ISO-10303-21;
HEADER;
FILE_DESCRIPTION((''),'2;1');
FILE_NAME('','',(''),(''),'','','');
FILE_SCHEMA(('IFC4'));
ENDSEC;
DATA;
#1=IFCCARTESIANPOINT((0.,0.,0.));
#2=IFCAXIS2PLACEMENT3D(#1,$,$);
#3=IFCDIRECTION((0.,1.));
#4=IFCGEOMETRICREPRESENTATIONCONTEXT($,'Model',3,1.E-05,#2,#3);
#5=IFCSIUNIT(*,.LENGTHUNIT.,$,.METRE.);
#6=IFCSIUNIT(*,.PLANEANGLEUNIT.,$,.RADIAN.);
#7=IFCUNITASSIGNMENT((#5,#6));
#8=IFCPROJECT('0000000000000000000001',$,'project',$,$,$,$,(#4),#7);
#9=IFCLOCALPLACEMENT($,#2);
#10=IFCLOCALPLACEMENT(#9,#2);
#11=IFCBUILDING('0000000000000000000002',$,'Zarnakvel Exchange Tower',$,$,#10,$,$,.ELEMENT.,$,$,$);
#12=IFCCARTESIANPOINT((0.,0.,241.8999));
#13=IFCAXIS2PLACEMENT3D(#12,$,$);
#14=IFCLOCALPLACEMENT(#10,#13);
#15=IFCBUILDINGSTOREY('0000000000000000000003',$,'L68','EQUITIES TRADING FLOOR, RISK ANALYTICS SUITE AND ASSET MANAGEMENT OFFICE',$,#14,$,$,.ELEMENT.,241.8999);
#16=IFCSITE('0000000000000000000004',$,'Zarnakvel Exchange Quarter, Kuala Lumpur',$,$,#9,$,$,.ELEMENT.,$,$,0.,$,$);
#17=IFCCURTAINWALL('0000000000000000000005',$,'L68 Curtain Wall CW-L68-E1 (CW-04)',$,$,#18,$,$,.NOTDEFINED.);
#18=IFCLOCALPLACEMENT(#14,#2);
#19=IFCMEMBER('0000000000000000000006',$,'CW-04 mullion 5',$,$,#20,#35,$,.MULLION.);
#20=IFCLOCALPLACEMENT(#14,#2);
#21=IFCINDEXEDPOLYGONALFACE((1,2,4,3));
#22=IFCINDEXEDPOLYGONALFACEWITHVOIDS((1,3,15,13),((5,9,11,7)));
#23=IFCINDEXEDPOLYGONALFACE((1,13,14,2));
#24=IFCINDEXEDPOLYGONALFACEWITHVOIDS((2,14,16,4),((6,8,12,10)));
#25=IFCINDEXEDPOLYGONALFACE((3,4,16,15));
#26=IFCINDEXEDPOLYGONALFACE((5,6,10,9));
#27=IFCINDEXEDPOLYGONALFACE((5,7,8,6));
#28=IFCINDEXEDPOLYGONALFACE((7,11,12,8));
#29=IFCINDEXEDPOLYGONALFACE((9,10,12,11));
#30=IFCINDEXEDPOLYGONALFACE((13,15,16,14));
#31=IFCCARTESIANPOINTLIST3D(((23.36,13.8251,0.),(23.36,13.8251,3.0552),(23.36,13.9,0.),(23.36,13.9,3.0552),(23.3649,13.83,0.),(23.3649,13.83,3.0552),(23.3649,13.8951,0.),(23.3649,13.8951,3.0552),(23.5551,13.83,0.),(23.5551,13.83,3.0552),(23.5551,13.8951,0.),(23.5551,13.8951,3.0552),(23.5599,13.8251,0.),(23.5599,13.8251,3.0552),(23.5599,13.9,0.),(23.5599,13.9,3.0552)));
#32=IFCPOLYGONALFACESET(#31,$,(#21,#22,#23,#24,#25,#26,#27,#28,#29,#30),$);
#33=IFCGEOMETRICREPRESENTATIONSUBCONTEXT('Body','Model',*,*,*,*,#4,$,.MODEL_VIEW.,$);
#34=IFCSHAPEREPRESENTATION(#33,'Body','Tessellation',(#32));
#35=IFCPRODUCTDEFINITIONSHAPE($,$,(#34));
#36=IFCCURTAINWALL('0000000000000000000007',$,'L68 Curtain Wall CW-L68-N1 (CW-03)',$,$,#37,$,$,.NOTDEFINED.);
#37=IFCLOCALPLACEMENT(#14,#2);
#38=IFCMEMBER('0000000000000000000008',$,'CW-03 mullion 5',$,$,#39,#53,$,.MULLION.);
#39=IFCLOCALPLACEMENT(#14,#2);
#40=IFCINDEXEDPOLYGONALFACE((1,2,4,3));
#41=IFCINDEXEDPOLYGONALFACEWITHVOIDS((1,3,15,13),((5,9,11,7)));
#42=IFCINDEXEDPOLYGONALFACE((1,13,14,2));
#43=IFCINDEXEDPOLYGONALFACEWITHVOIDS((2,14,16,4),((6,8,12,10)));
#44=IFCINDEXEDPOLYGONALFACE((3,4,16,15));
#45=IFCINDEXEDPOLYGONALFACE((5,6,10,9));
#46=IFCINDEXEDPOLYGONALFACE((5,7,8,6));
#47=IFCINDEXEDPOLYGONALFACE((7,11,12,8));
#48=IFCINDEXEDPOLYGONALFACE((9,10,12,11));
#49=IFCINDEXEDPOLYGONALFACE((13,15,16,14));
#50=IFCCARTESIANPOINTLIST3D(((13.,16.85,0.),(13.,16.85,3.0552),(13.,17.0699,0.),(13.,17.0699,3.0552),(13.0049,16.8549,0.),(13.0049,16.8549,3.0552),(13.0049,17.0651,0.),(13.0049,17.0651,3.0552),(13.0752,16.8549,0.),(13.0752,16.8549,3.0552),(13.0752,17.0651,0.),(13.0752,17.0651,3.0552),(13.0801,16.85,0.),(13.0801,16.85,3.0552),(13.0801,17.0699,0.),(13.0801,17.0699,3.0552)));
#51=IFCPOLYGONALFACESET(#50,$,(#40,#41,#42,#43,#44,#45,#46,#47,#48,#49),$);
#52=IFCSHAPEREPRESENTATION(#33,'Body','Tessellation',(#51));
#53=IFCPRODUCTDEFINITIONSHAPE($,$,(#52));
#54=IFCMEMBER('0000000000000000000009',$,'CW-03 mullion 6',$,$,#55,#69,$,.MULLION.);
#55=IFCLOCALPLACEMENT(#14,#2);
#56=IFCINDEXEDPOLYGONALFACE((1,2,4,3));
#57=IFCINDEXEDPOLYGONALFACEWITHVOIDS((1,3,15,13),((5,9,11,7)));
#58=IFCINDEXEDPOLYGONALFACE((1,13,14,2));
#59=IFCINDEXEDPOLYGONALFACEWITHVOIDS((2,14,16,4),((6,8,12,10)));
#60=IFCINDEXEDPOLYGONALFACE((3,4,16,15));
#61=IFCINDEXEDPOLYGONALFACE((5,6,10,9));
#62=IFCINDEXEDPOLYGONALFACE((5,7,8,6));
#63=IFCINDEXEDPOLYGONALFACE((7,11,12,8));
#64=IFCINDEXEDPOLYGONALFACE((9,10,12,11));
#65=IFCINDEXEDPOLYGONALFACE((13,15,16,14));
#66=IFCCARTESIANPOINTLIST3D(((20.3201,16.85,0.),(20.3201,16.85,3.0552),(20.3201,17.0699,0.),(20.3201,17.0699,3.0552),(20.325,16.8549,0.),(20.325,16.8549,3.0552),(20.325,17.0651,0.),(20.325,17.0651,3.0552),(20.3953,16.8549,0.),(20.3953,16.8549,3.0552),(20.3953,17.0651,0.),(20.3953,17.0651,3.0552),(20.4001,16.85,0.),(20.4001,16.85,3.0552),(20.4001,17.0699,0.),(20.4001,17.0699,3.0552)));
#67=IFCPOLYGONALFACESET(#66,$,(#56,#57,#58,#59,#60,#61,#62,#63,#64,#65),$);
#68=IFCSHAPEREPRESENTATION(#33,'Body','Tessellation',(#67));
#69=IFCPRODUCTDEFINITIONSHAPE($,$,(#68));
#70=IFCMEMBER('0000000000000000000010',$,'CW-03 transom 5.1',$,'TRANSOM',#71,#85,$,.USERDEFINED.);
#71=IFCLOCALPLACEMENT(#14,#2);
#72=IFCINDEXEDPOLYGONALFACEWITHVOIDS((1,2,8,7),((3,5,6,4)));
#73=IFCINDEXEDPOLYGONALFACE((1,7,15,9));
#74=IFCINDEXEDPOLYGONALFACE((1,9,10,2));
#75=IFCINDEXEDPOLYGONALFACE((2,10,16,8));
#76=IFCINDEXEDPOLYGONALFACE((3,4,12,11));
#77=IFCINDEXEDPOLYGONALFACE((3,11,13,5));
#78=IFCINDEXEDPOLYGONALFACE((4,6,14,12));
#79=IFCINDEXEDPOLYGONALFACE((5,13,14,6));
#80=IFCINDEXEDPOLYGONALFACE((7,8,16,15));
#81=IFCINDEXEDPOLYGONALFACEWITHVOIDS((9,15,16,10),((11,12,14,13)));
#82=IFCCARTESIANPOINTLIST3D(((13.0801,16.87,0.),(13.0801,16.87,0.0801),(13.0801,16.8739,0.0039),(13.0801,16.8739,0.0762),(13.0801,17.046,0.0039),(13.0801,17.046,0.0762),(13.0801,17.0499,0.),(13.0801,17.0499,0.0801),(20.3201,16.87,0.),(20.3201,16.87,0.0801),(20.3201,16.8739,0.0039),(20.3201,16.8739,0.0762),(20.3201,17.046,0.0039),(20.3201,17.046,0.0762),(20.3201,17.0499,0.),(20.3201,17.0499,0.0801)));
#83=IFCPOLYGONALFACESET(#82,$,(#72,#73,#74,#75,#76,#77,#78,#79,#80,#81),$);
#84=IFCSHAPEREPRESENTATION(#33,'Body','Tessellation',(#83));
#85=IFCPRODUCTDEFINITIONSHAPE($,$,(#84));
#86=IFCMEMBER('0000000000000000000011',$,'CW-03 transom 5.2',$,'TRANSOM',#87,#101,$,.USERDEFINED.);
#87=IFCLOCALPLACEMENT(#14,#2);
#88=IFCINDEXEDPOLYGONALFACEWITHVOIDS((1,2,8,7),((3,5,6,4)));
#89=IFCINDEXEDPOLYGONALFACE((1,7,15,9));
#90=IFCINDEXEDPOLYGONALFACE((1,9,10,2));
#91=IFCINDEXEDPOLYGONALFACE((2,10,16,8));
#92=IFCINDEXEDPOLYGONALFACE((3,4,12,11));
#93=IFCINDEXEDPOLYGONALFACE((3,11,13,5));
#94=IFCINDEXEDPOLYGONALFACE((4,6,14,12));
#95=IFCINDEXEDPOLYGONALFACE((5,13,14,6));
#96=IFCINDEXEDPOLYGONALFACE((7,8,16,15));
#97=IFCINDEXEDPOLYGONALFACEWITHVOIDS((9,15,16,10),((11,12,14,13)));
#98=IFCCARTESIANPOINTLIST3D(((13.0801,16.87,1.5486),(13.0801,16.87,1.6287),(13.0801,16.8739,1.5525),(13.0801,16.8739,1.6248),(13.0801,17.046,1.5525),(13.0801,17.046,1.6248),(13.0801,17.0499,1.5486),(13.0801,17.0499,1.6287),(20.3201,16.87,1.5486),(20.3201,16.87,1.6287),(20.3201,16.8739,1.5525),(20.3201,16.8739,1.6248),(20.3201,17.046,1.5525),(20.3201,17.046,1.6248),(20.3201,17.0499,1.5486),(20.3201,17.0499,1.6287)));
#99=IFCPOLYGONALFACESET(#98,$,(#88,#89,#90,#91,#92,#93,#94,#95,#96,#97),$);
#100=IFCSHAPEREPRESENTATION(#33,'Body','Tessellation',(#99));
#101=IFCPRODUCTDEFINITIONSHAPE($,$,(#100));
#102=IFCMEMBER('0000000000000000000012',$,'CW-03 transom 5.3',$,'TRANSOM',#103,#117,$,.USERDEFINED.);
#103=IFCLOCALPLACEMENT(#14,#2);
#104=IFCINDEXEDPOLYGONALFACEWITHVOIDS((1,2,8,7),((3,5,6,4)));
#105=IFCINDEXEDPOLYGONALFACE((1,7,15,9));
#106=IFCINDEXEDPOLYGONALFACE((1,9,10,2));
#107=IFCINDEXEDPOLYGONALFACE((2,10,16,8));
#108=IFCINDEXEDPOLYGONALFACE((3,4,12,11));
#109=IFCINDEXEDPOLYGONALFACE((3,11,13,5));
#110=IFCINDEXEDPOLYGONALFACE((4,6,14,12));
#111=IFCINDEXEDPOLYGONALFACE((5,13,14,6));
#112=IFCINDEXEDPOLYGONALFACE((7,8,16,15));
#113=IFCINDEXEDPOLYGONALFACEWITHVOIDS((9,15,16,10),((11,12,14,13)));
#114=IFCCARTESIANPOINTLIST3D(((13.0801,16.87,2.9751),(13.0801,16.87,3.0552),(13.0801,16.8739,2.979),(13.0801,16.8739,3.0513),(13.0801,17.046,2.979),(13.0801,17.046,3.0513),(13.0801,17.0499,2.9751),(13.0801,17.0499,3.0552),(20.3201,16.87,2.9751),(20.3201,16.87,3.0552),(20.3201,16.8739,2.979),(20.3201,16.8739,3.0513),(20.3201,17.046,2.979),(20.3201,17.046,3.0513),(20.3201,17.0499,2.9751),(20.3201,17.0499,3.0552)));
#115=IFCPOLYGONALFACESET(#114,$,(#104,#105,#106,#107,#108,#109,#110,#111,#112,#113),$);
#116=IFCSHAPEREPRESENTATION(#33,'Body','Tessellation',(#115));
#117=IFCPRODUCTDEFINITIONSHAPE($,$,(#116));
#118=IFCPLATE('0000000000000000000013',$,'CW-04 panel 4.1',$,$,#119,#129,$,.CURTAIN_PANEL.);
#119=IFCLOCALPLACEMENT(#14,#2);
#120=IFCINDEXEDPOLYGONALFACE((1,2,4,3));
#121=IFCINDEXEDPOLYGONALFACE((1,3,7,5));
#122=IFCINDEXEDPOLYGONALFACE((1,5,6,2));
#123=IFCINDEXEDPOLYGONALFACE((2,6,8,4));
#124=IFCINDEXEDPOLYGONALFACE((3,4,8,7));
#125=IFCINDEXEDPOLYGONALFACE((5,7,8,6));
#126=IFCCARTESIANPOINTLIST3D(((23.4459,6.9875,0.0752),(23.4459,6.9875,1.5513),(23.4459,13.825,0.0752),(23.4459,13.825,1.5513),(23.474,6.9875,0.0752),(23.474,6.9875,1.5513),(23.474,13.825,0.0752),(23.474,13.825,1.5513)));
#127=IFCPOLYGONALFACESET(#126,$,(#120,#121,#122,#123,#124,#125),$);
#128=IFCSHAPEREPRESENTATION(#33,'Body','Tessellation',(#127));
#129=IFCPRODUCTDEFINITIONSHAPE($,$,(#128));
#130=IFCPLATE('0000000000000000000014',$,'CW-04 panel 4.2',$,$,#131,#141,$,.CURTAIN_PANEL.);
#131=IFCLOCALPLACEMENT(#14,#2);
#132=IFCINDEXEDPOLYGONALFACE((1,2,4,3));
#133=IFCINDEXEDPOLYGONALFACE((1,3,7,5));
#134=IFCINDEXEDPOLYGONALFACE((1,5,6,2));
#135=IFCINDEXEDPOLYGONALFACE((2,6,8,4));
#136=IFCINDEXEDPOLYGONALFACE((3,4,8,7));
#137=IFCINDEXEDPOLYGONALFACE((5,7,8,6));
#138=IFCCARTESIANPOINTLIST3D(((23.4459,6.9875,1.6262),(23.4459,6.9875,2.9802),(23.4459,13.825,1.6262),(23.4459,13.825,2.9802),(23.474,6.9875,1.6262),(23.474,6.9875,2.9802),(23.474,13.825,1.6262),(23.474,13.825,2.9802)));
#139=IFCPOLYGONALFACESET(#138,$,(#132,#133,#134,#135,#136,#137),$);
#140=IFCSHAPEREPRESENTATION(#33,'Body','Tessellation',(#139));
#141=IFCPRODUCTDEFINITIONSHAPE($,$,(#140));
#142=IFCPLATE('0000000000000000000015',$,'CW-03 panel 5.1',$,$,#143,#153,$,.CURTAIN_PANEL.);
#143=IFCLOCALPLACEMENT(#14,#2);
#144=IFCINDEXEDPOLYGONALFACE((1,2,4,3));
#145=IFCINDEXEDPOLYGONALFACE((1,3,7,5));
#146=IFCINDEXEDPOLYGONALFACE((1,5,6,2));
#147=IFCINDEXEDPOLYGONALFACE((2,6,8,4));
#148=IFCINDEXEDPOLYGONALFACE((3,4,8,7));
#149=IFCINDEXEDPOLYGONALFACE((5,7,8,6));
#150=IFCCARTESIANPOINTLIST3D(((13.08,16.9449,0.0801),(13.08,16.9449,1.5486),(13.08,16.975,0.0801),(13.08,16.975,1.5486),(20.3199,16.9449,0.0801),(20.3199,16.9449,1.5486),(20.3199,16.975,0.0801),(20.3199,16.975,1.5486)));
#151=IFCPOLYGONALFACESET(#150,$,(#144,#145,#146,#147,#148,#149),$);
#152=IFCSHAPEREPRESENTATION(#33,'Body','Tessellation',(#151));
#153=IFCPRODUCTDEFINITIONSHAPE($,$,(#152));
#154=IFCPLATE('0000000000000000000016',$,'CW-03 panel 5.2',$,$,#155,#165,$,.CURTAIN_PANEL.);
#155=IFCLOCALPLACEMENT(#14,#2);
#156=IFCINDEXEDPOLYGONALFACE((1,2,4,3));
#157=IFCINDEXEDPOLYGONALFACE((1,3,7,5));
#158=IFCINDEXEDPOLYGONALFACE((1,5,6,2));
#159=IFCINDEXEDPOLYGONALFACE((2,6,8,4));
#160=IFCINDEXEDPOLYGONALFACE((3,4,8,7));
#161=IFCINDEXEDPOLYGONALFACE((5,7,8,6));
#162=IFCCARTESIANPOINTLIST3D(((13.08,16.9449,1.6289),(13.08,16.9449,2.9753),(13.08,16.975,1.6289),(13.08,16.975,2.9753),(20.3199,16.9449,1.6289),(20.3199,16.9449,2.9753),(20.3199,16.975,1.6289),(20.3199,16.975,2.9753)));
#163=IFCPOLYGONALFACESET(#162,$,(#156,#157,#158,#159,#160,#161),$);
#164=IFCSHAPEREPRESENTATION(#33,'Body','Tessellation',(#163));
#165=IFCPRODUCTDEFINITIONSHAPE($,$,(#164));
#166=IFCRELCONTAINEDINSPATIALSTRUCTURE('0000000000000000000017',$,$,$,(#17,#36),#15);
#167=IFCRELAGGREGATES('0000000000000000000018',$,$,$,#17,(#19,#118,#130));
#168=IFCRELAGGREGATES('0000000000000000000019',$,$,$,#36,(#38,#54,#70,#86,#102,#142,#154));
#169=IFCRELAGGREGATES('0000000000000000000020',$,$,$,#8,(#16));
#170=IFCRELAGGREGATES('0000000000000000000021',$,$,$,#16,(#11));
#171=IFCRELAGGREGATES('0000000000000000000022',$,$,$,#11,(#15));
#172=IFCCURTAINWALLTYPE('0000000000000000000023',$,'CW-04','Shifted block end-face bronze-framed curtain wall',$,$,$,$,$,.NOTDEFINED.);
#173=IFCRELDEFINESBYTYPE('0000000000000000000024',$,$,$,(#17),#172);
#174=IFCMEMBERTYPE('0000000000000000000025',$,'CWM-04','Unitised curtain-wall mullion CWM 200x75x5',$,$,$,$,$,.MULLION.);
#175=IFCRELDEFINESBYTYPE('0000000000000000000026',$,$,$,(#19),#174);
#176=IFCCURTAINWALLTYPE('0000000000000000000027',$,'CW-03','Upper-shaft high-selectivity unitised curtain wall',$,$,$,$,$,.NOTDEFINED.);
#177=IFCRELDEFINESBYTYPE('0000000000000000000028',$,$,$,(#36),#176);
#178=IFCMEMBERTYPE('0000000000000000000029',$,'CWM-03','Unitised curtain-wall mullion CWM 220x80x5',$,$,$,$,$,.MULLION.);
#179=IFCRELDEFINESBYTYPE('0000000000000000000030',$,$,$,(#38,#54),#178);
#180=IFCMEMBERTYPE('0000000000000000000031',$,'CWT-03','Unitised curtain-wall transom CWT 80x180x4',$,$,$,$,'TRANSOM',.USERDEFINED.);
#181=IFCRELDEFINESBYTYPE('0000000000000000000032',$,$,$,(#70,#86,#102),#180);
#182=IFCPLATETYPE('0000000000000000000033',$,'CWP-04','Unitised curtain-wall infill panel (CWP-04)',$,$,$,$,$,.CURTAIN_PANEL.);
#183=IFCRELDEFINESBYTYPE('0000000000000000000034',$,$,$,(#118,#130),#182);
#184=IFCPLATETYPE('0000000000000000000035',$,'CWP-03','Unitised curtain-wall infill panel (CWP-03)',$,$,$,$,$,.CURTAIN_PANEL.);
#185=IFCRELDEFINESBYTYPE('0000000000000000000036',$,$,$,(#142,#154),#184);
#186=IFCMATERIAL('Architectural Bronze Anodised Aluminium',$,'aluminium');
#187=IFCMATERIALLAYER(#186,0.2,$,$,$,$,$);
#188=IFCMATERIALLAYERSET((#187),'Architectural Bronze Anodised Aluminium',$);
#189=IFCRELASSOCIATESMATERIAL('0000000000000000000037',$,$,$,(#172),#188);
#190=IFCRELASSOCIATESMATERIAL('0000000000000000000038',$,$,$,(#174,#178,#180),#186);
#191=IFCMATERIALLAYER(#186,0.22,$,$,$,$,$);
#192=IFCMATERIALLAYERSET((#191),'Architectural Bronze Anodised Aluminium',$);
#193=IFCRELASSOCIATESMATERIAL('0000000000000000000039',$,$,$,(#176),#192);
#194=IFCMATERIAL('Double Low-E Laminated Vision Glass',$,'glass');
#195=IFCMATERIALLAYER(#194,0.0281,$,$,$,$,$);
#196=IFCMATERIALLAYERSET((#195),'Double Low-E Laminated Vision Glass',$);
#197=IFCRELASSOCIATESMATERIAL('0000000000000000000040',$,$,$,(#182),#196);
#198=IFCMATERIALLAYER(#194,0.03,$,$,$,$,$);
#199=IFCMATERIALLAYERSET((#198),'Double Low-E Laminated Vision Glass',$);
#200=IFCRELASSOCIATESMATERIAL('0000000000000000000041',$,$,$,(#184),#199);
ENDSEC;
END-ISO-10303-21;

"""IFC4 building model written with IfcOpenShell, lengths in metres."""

from ifc_helpers import new_model, si_unit, direction, frame, origin, origin_2d, place, context, subcontext, project, spatial, rectangle, hollow_rectangle, extrude, source, transform, mapped, material, layer, layer_set, material_profile, profile_set, type_object, element, aggregate, save


model = new_model("IFC4")

# Units and contexts
model_context = context("Model", 3, precision=1e-05, world=origin(), true_north=direction((0.0, 1.0)))
body_context = subcontext(model_context, "Body", "Model", "MODEL_VIEW")
ifc_project = project(units=[si_unit("LENGTHUNIT", "METRE"), si_unit("PLANEANGLEUNIT", "RADIAN")], contexts=[model_context])

# Site, building, storey
site_placement = place(None, origin())
site = spatial("IfcSite", under=ifc_project, at=site_placement, Name="Zarnakvel Exchange Quarter, Kuala Lumpur", CompositionType="ELEMENT", RefElevation=0.0)
building_placement = place(site_placement, origin())
building = spatial("IfcBuilding", under=site, at=building_placement, Name="Zarnakvel Exchange Tower", CompositionType="ELEMENT")
storey_placement = place(building_placement, frame((0.0, 0.0, 241.8999)))
storey = spatial("IfcBuildingStorey", under=building, at=storey_placement, Name="L68", Description="EQUITIES TRADING FLOOR, RISK ANALYTICS SUITE AND ASSET MANAGEMENT OFFICE", CompositionType="ELEMENT", Elevation=241.8999)

# Curtain wall, member
ifc_material_1 = material(Name="Architectural Bronze Anodised Aluminium", Category="aluminium")
ifc_layer_1 = layer(ifc_material_1, 0.2)
ifc_layer_set_1 = layer_set([ifc_layer_1], Name="Architectural Bronze Anodised Aluminium")
curtain_wall_type_1 = type_object("IfcCurtainWallType", Name="CW-04", Description="Shifted block end-face bronze-framed curtain wall", PredefinedType="NOTDEFINED", material=ifc_layer_set_1)
curtain_wall_1_placement = place(storey_placement, origin())
curtain_wall_1 = element("IfcCurtainWall", 1, at=curtain_wall_1_placement, inside=storey, type_object=curtain_wall_type_1, Name="L68 Curtain Wall CW-L68-E1 (CW-04)", PredefinedType="NOTDEFINED")
ifc_material_profile_1 = material_profile(ifc_material_1, hollow_rectangle(XDim=0.2, YDim=0.075, WallThickness=0.0049, at=origin_2d()))
ifc_profile_set_1 = profile_set([ifc_material_profile_1], Name="Architectural Bronze Anodised Aluminium")
member_type_1 = type_object("IfcMemberType", Name="CWM-04", Description="Unitised curtain-wall mullion CWM 200x75x5", PredefinedType="MULLION", material=ifc_profile_set_1)
shared_shape_1 = source(origin(), body_context, "Body", "SweptSolid", [
    extrude(hollow_rectangle(XDim=0.2, YDim=0.075, WallThickness=0.0049, at=origin_2d()), origin(), (0.0, 0.0, 1.0), 3.0552),
])
member_1_placement = place(storey_placement, frame((23.46, 13.8625, 0.0), z_axis=(0.0, 0.0, 1.0), x_axis=(-1.0, 0.0, 0.0)))
member_1 = element("IfcMember", 2, at=member_1_placement, type_object=member_type_1, Name="CW-04 mullion 5", PredefinedType="MULLION", context=body_context, shape_type="MappedRepresentation", body=[
    mapped(shared_shape_1, transform((0.0, 0.0, 0.0), x_axis=(1.0, 0.0, 0.0), y_axis=(0.0, 1.0, 0.0), z_axis=(0.0, 0.0, 1.0), scale=1.0)),
])

# Curtain wall, members
ifc_layer_2 = layer(ifc_material_1, 0.22)
ifc_layer_set_2 = layer_set([ifc_layer_2], Name="Architectural Bronze Anodised Aluminium")
curtain_wall_type_2 = type_object("IfcCurtainWallType", Name="CW-03", Description="Upper-shaft high-selectivity unitised curtain wall", PredefinedType="NOTDEFINED", material=ifc_layer_set_2)
curtain_wall_2_placement = place(storey_placement, origin())
curtain_wall_2 = element("IfcCurtainWall", 3, at=curtain_wall_2_placement, inside=storey, type_object=curtain_wall_type_2, Name="L68 Curtain Wall CW-L68-N1 (CW-03)", PredefinedType="NOTDEFINED")
ifc_material_profile_2 = material_profile(ifc_material_1, hollow_rectangle(XDim=0.22, YDim=0.0801, WallThickness=0.0049, at=origin_2d()))
ifc_profile_set_2 = profile_set([ifc_material_profile_2], Name="Architectural Bronze Anodised Aluminium")
member_type_2 = type_object("IfcMemberType", Name="CWM-03", Description="Unitised curtain-wall mullion CWM 220x80x5", PredefinedType="MULLION", material=ifc_profile_set_2)
shared_shape_2 = source(origin(), body_context, "Body", "SweptSolid", [
    extrude(hollow_rectangle(XDim=0.22, YDim=0.0801, WallThickness=0.0049, at=origin_2d()), origin(), (0.0, 0.0, 1.0), 3.0552),
])
member_2_placement = place(storey_placement, frame((13.04, 16.96, 0.0), z_axis=(0.0, 0.0, 1.0), x_axis=(0.0, 1.0, 0.0)))
member_2 = element("IfcMember", 4, at=member_2_placement, type_object=member_type_2, Name="CW-03 mullion 5", PredefinedType="MULLION", context=body_context, shape_type="MappedRepresentation", body=[
    mapped(shared_shape_2, transform((0.0, 0.0, 0.0), x_axis=(1.0, 0.0, 0.0), y_axis=(0.0, 1.0, 0.0), z_axis=(0.0, 0.0, 1.0), scale=1.0)),
])
member_3_placement = place(storey_placement, frame((20.3601, 16.96, 0.0), z_axis=(0.0, 0.0, 1.0), x_axis=(0.0, 1.0, 0.0)))
member_3 = element("IfcMember", 5, at=member_3_placement, type_object=member_type_2, Name="CW-03 mullion 6", PredefinedType="MULLION", context=body_context, shape_type="MappedRepresentation", body=[
    mapped(shared_shape_2, transform((0.0, 0.0, 0.0), x_axis=(1.0, 0.0, 0.0), y_axis=(0.0, 1.0, 0.0), z_axis=(0.0, 0.0, 1.0), scale=1.0)),
])
ifc_material_profile_3 = material_profile(ifc_material_1, hollow_rectangle(XDim=0.1799, YDim=0.0801, WallThickness=0.0039, at=origin_2d()))
ifc_profile_set_3 = profile_set([ifc_material_profile_3], Name="Architectural Bronze Anodised Aluminium")
member_type_3 = type_object("IfcMemberType", Name="CWT-03", Description="Unitised curtain-wall transom CWT 80x180x4", ElementType="TRANSOM", PredefinedType="USERDEFINED", material=ifc_profile_set_3)
shared_shape_3 = source(origin(), body_context, "Body", "SweptSolid", [
    extrude(hollow_rectangle(XDim=0.1799, YDim=0.0801, WallThickness=0.0039, at=origin_2d()), origin(), (0.0, 0.0, 1.0), 7.24),
])
member_4_placement = place(storey_placement, frame((13.0801, 16.96, 0.04), z_axis=(1.0, 0.0, 0.0), x_axis=(0.0, 1.0, 0.0)))
member_4 = element("IfcMember", 6, at=member_4_placement, type_object=member_type_3, Name="CW-03 transom 5.1", ObjectType="TRANSOM", PredefinedType="USERDEFINED", context=body_context, shape_type="MappedRepresentation", body=[
    mapped(shared_shape_3, transform((0.0, 0.0, 0.0), x_axis=(1.0, 0.0, 0.0), y_axis=(0.0, 1.0, 0.0), z_axis=(0.0, 0.0, 1.0), scale=1.0)),
])
member_5_placement = place(storey_placement, frame((13.0801, 16.96, 1.5886), z_axis=(1.0, 0.0, 0.0), x_axis=(0.0, 1.0, 0.0)))
member_5 = element("IfcMember", 7, at=member_5_placement, type_object=member_type_3, Name="CW-03 transom 5.2", ObjectType="TRANSOM", PredefinedType="USERDEFINED", context=body_context, shape_type="MappedRepresentation", body=[
    mapped(shared_shape_3, transform((0.0, 0.0, 0.0), x_axis=(1.0, 0.0, 0.0), y_axis=(0.0, 1.0, 0.0), z_axis=(0.0, 0.0, 1.0), scale=1.0)),
])
member_6_placement = place(storey_placement, frame((13.0801, 16.96, 3.0151), z_axis=(1.0, 0.0, 0.0), x_axis=(0.0, 1.0, 0.0)))
member_6 = element("IfcMember", 8, at=member_6_placement, type_object=member_type_3, Name="CW-03 transom 5.3", ObjectType="TRANSOM", PredefinedType="USERDEFINED", context=body_context, shape_type="MappedRepresentation", body=[
    mapped(shared_shape_3, transform((0.0, 0.0, 0.0), x_axis=(1.0, 0.0, 0.0), y_axis=(0.0, 1.0, 0.0), z_axis=(0.0, 0.0, 1.0), scale=1.0)),
])

# Plates
ifc_material_2 = material(Name="Double Low-E Laminated Vision Glass", Category="glass")
ifc_layer_3 = layer(ifc_material_2, 0.0281)
ifc_layer_set_3 = layer_set([ifc_layer_3], Name="Double Low-E Laminated Vision Glass")
plate_type_1 = type_object("IfcPlateType", Name="CWP-04", Description="Unitised curtain-wall infill panel (CWP-04)", PredefinedType="CURTAIN_PANEL", material=ifc_layer_set_3)
shared_shape_4 = source(origin(), body_context, "Body", "SweptSolid", [
    extrude(rectangle(XDim=6.8374, YDim=0.0281, at=origin_2d()), origin(), (0.0, 0.0, 1.0), 1.4761),
])
plate_1_placement = place(storey_placement, frame((23.46, 10.4062, 0.0752), z_axis=(0.0, 0.0, 1.0), x_axis=(0.0, 1.0, 0.0)))
plate_1 = element("IfcPlate", 9, at=plate_1_placement, type_object=plate_type_1, Name="CW-04 panel 4.1", PredefinedType="CURTAIN_PANEL", context=body_context, shape_type="MappedRepresentation", body=[
    mapped(shared_shape_4, transform((0.0, 0.0, 0.0), x_axis=(1.0, 0.0, 0.0), y_axis=(0.0, 1.0, 0.0), z_axis=(0.0, 0.0, 1.0), scale=1.0)),
])
shared_shape_5 = source(origin(), body_context, "Body", "SweptSolid", [
    extrude(rectangle(XDim=6.8374, YDim=0.0281, at=origin_2d()), origin(), (0.0, 0.0, 1.0), 1.354),
])
plate_2_placement = place(storey_placement, frame((23.46, 10.4062, 1.6262), z_axis=(0.0, 0.0, 1.0), x_axis=(0.0, 1.0, 0.0)))
plate_2 = element("IfcPlate", 10, at=plate_2_placement, type_object=plate_type_1, Name="CW-04 panel 4.2", PredefinedType="CURTAIN_PANEL", context=body_context, shape_type="MappedRepresentation", body=[
    mapped(shared_shape_5, transform((0.0, 0.0, 0.0), x_axis=(1.0, 0.0, 0.0), y_axis=(0.0, 1.0, 0.0), z_axis=(0.0, 0.0, 1.0), scale=1.0)),
])
aggregate(curtain_wall_1, [member_1, plate_1, plate_2])
ifc_layer_4 = layer(ifc_material_2, 0.03)
ifc_layer_set_4 = layer_set([ifc_layer_4], Name="Double Low-E Laminated Vision Glass")
plate_type_2 = type_object("IfcPlateType", Name="CWP-03", Description="Unitised curtain-wall infill panel (CWP-03)", PredefinedType="CURTAIN_PANEL", material=ifc_layer_set_4)
shared_shape_6 = source(origin(), body_context, "Body", "SweptSolid", [
    extrude(rectangle(XDim=7.24, YDim=0.03, at=origin_2d()), origin(), (0.0, 0.0, 1.0), 1.4685),
])
plate_3_placement = place(storey_placement, frame((16.7, 16.96, 0.0801), z_axis=(0.0, 0.0, 1.0), x_axis=(1.0, 0.0, 0.0)))
plate_3 = element("IfcPlate", 11, at=plate_3_placement, type_object=plate_type_2, Name="CW-03 panel 5.1", PredefinedType="CURTAIN_PANEL", context=body_context, shape_type="MappedRepresentation", body=[
    mapped(shared_shape_6, transform((0.0, 0.0, 0.0), x_axis=(1.0, 0.0, 0.0), y_axis=(0.0, 1.0, 0.0), z_axis=(0.0, 0.0, 1.0), scale=1.0)),
])
shared_shape_7 = source(origin(), body_context, "Body", "SweptSolid", [
    extrude(rectangle(XDim=7.24, YDim=0.03, at=origin_2d()), origin(), (0.0, 0.0, 1.0), 1.3464),
])
plate_4_placement = place(storey_placement, frame((16.7, 16.96, 1.6289), z_axis=(0.0, 0.0, 1.0), x_axis=(1.0, 0.0, 0.0)))
plate_4 = element("IfcPlate", 12, at=plate_4_placement, type_object=plate_type_2, Name="CW-03 panel 5.2", PredefinedType="CURTAIN_PANEL", context=body_context, shape_type="MappedRepresentation", body=[
    mapped(shared_shape_7, transform((0.0, 0.0, 0.0), x_axis=(1.0, 0.0, 0.0), y_axis=(0.0, 1.0, 0.0), z_axis=(0.0, 0.0, 1.0), scale=1.0)),
])
aggregate(curtain_wall_2, [member_2, member_3, member_4, member_5, member_6, plate_3, plate_4])

save(model, "model.ifc")
